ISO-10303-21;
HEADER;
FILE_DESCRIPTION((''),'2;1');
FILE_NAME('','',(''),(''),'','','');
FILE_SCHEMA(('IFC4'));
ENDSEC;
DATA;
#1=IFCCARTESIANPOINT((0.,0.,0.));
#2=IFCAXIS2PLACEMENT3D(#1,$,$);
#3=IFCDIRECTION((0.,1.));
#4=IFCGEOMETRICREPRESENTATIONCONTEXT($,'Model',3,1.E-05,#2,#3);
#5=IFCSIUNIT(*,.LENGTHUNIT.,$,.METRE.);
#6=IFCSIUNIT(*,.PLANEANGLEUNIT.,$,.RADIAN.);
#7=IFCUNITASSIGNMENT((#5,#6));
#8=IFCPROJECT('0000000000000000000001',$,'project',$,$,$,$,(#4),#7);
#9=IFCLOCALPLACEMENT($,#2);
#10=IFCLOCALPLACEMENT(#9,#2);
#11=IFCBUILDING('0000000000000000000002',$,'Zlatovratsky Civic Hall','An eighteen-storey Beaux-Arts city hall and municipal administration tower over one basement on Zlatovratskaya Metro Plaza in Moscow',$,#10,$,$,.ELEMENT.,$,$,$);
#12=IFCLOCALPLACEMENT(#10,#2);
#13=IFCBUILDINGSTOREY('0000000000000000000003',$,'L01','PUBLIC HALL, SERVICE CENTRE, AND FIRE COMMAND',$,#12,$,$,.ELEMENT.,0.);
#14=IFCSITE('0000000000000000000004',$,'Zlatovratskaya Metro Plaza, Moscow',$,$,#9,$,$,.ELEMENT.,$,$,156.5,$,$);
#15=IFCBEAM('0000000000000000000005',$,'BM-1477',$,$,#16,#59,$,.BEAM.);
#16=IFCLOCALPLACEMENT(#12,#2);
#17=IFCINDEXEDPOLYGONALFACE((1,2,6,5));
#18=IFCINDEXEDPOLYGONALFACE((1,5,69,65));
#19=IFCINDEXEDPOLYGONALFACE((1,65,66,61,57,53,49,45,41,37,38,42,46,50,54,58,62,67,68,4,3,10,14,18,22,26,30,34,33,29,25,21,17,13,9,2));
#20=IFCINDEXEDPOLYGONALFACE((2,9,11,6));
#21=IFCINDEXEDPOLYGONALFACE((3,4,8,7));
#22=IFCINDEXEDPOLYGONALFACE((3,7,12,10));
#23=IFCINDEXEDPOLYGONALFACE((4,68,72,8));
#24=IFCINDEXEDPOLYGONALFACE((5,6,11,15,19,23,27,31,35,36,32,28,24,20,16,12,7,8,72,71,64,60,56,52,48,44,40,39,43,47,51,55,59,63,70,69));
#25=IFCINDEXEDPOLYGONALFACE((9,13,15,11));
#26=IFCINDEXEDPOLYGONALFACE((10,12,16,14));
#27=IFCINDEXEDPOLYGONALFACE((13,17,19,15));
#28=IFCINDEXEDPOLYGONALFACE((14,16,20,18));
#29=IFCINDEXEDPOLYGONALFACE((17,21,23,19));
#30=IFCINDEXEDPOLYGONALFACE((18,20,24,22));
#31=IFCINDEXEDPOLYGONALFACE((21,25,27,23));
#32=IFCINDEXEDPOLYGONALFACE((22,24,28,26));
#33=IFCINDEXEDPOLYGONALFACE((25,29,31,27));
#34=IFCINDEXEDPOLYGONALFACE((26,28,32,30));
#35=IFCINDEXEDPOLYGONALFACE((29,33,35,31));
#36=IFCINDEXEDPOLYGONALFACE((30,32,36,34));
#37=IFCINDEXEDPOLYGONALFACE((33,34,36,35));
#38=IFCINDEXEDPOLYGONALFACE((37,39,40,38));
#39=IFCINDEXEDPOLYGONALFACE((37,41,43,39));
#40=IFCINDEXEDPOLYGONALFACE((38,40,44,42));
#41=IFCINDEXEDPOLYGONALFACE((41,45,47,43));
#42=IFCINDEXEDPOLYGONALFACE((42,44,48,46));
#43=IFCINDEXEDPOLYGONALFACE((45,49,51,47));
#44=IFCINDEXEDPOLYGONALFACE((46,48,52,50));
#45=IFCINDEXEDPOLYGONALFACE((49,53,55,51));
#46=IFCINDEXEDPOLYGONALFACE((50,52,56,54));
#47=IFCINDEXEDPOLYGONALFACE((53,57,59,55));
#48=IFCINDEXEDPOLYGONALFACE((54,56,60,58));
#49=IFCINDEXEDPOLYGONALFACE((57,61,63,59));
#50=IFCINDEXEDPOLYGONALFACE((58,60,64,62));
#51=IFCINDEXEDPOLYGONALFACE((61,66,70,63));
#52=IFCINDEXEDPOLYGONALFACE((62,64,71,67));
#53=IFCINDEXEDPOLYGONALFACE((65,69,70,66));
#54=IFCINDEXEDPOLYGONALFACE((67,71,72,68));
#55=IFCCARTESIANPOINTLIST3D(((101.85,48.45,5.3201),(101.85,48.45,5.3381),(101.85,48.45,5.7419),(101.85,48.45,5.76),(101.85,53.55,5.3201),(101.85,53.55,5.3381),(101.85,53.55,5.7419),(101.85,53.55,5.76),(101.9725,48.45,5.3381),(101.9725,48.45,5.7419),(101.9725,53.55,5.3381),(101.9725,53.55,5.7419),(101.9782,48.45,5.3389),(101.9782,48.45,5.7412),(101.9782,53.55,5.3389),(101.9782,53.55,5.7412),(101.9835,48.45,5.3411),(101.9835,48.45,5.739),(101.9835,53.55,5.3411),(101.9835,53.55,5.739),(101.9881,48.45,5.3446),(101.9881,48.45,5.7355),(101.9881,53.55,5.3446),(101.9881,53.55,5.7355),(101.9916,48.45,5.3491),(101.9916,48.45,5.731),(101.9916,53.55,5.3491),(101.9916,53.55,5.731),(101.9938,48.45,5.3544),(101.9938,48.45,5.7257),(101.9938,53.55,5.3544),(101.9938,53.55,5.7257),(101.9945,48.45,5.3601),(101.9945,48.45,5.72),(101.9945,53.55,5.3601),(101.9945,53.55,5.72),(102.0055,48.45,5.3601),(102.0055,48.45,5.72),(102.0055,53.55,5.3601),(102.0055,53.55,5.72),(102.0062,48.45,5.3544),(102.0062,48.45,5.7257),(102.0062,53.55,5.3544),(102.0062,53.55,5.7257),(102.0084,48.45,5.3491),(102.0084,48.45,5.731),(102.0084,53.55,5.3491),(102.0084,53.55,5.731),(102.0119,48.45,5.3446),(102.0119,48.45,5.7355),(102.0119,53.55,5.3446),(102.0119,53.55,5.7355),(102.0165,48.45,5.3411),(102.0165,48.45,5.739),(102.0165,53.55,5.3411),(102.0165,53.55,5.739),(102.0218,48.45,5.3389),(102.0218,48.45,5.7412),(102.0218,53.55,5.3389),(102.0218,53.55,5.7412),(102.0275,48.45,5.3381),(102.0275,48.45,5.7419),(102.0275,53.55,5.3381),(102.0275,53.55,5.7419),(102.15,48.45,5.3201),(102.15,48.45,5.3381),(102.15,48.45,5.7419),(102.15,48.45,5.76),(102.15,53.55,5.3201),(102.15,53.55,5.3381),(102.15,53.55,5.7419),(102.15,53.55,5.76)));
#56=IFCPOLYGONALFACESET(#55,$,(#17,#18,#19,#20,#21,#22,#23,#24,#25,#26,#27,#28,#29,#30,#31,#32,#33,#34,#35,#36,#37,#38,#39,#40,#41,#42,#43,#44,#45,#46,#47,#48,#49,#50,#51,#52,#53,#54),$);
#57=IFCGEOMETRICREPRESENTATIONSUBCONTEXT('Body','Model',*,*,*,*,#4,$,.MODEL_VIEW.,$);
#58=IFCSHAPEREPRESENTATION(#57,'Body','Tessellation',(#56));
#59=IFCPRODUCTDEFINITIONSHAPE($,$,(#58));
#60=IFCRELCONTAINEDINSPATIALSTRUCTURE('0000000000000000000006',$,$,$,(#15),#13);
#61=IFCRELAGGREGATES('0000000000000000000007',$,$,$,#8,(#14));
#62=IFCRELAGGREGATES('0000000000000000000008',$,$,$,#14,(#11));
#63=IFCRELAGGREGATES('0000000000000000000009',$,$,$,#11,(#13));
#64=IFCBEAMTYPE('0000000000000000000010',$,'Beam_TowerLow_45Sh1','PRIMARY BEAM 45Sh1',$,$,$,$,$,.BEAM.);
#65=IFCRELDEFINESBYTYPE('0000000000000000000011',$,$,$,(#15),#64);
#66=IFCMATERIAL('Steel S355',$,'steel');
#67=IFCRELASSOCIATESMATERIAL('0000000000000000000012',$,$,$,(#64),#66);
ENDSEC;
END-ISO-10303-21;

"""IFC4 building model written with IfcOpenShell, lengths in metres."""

from ifc_helpers import new_model, si_unit, direction, frame, origin, origin_2d, place, context, subcontext, project, spatial, i_section, extrude, material, material_profile, profile_set, type_object, element, save


model = new_model("IFC4")

# Units and contexts
model_context = context("Model", 3, precision=1e-05, world=origin(), true_north=direction((0.0, 1.0)))
body_context = subcontext(model_context, "Body", "Model", "MODEL_VIEW")
ifc_project = project(units=[si_unit("LENGTHUNIT", "METRE"), si_unit("PLANEANGLEUNIT", "RADIAN")], contexts=[model_context])

# Site, building, storey
site_placement = place(None, origin())
site = spatial("IfcSite", under=ifc_project, at=site_placement, Name="Zlatovratskaya Metro Plaza, Moscow", CompositionType="ELEMENT", RefElevation=156.5)
building_placement = place(site_placement, origin())
building = spatial("IfcBuilding", under=site, at=building_placement, Name="Zlatovratsky Civic Hall", Description="An eighteen-storey Beaux-Arts city hall and municipal administration tower over one basement on Zlatovratskaya Metro Plaza in Moscow", CompositionType="ELEMENT")
storey_placement = place(building_placement, origin())
storey = spatial("IfcBuildingStorey", under=building, at=storey_placement, Name="L01", Description="PUBLIC HALL, SERVICE CENTRE, AND FIRE COMMAND", CompositionType="ELEMENT", Elevation=0.0)

# Shared definitions
ifc_material_1 = material(Name="Steel S355", Category="steel")

# Beam
ifc_material_profile_1 = material_profile(ifc_material_1, i_section(OverallWidth=0.3, OverallDepth=0.4399, WebThickness=0.011, FlangeThickness=0.0181, FilletRadius=0.022, at=origin_2d()), Name="45Sh1")
ifc_profile_set_1 = profile_set([ifc_material_profile_1], Name="Steel S355")
beam_type = type_object("IfcBeamType", Name="Beam_TowerLow_45Sh1", Description="PRIMARY BEAM 45Sh1", PredefinedType="BEAM", material=ifc_profile_set_1)
beam_1_placement = place(storey_placement, frame((102.0, 48.45, 5.54), z_axis=(0.0, 1.0, 0.0), x_axis=(-1.0, 0.0, 0.0)))
element("IfcBeam", 1, at=beam_1_placement, inside=storey, type_object=beam_type, Name="BM-1477", PredefinedType="BEAM", context=body_context, shape_type="SweptSolid", body=[
    extrude(i_section(OverallWidth=0.3, OverallDepth=0.4399, WebThickness=0.011, FlangeThickness=0.0181, FilletRadius=0.022, at=origin_2d()), origin(), (0.0, 0.0, 1.0), 5.1001),
])

save(model, "model.ifc")
